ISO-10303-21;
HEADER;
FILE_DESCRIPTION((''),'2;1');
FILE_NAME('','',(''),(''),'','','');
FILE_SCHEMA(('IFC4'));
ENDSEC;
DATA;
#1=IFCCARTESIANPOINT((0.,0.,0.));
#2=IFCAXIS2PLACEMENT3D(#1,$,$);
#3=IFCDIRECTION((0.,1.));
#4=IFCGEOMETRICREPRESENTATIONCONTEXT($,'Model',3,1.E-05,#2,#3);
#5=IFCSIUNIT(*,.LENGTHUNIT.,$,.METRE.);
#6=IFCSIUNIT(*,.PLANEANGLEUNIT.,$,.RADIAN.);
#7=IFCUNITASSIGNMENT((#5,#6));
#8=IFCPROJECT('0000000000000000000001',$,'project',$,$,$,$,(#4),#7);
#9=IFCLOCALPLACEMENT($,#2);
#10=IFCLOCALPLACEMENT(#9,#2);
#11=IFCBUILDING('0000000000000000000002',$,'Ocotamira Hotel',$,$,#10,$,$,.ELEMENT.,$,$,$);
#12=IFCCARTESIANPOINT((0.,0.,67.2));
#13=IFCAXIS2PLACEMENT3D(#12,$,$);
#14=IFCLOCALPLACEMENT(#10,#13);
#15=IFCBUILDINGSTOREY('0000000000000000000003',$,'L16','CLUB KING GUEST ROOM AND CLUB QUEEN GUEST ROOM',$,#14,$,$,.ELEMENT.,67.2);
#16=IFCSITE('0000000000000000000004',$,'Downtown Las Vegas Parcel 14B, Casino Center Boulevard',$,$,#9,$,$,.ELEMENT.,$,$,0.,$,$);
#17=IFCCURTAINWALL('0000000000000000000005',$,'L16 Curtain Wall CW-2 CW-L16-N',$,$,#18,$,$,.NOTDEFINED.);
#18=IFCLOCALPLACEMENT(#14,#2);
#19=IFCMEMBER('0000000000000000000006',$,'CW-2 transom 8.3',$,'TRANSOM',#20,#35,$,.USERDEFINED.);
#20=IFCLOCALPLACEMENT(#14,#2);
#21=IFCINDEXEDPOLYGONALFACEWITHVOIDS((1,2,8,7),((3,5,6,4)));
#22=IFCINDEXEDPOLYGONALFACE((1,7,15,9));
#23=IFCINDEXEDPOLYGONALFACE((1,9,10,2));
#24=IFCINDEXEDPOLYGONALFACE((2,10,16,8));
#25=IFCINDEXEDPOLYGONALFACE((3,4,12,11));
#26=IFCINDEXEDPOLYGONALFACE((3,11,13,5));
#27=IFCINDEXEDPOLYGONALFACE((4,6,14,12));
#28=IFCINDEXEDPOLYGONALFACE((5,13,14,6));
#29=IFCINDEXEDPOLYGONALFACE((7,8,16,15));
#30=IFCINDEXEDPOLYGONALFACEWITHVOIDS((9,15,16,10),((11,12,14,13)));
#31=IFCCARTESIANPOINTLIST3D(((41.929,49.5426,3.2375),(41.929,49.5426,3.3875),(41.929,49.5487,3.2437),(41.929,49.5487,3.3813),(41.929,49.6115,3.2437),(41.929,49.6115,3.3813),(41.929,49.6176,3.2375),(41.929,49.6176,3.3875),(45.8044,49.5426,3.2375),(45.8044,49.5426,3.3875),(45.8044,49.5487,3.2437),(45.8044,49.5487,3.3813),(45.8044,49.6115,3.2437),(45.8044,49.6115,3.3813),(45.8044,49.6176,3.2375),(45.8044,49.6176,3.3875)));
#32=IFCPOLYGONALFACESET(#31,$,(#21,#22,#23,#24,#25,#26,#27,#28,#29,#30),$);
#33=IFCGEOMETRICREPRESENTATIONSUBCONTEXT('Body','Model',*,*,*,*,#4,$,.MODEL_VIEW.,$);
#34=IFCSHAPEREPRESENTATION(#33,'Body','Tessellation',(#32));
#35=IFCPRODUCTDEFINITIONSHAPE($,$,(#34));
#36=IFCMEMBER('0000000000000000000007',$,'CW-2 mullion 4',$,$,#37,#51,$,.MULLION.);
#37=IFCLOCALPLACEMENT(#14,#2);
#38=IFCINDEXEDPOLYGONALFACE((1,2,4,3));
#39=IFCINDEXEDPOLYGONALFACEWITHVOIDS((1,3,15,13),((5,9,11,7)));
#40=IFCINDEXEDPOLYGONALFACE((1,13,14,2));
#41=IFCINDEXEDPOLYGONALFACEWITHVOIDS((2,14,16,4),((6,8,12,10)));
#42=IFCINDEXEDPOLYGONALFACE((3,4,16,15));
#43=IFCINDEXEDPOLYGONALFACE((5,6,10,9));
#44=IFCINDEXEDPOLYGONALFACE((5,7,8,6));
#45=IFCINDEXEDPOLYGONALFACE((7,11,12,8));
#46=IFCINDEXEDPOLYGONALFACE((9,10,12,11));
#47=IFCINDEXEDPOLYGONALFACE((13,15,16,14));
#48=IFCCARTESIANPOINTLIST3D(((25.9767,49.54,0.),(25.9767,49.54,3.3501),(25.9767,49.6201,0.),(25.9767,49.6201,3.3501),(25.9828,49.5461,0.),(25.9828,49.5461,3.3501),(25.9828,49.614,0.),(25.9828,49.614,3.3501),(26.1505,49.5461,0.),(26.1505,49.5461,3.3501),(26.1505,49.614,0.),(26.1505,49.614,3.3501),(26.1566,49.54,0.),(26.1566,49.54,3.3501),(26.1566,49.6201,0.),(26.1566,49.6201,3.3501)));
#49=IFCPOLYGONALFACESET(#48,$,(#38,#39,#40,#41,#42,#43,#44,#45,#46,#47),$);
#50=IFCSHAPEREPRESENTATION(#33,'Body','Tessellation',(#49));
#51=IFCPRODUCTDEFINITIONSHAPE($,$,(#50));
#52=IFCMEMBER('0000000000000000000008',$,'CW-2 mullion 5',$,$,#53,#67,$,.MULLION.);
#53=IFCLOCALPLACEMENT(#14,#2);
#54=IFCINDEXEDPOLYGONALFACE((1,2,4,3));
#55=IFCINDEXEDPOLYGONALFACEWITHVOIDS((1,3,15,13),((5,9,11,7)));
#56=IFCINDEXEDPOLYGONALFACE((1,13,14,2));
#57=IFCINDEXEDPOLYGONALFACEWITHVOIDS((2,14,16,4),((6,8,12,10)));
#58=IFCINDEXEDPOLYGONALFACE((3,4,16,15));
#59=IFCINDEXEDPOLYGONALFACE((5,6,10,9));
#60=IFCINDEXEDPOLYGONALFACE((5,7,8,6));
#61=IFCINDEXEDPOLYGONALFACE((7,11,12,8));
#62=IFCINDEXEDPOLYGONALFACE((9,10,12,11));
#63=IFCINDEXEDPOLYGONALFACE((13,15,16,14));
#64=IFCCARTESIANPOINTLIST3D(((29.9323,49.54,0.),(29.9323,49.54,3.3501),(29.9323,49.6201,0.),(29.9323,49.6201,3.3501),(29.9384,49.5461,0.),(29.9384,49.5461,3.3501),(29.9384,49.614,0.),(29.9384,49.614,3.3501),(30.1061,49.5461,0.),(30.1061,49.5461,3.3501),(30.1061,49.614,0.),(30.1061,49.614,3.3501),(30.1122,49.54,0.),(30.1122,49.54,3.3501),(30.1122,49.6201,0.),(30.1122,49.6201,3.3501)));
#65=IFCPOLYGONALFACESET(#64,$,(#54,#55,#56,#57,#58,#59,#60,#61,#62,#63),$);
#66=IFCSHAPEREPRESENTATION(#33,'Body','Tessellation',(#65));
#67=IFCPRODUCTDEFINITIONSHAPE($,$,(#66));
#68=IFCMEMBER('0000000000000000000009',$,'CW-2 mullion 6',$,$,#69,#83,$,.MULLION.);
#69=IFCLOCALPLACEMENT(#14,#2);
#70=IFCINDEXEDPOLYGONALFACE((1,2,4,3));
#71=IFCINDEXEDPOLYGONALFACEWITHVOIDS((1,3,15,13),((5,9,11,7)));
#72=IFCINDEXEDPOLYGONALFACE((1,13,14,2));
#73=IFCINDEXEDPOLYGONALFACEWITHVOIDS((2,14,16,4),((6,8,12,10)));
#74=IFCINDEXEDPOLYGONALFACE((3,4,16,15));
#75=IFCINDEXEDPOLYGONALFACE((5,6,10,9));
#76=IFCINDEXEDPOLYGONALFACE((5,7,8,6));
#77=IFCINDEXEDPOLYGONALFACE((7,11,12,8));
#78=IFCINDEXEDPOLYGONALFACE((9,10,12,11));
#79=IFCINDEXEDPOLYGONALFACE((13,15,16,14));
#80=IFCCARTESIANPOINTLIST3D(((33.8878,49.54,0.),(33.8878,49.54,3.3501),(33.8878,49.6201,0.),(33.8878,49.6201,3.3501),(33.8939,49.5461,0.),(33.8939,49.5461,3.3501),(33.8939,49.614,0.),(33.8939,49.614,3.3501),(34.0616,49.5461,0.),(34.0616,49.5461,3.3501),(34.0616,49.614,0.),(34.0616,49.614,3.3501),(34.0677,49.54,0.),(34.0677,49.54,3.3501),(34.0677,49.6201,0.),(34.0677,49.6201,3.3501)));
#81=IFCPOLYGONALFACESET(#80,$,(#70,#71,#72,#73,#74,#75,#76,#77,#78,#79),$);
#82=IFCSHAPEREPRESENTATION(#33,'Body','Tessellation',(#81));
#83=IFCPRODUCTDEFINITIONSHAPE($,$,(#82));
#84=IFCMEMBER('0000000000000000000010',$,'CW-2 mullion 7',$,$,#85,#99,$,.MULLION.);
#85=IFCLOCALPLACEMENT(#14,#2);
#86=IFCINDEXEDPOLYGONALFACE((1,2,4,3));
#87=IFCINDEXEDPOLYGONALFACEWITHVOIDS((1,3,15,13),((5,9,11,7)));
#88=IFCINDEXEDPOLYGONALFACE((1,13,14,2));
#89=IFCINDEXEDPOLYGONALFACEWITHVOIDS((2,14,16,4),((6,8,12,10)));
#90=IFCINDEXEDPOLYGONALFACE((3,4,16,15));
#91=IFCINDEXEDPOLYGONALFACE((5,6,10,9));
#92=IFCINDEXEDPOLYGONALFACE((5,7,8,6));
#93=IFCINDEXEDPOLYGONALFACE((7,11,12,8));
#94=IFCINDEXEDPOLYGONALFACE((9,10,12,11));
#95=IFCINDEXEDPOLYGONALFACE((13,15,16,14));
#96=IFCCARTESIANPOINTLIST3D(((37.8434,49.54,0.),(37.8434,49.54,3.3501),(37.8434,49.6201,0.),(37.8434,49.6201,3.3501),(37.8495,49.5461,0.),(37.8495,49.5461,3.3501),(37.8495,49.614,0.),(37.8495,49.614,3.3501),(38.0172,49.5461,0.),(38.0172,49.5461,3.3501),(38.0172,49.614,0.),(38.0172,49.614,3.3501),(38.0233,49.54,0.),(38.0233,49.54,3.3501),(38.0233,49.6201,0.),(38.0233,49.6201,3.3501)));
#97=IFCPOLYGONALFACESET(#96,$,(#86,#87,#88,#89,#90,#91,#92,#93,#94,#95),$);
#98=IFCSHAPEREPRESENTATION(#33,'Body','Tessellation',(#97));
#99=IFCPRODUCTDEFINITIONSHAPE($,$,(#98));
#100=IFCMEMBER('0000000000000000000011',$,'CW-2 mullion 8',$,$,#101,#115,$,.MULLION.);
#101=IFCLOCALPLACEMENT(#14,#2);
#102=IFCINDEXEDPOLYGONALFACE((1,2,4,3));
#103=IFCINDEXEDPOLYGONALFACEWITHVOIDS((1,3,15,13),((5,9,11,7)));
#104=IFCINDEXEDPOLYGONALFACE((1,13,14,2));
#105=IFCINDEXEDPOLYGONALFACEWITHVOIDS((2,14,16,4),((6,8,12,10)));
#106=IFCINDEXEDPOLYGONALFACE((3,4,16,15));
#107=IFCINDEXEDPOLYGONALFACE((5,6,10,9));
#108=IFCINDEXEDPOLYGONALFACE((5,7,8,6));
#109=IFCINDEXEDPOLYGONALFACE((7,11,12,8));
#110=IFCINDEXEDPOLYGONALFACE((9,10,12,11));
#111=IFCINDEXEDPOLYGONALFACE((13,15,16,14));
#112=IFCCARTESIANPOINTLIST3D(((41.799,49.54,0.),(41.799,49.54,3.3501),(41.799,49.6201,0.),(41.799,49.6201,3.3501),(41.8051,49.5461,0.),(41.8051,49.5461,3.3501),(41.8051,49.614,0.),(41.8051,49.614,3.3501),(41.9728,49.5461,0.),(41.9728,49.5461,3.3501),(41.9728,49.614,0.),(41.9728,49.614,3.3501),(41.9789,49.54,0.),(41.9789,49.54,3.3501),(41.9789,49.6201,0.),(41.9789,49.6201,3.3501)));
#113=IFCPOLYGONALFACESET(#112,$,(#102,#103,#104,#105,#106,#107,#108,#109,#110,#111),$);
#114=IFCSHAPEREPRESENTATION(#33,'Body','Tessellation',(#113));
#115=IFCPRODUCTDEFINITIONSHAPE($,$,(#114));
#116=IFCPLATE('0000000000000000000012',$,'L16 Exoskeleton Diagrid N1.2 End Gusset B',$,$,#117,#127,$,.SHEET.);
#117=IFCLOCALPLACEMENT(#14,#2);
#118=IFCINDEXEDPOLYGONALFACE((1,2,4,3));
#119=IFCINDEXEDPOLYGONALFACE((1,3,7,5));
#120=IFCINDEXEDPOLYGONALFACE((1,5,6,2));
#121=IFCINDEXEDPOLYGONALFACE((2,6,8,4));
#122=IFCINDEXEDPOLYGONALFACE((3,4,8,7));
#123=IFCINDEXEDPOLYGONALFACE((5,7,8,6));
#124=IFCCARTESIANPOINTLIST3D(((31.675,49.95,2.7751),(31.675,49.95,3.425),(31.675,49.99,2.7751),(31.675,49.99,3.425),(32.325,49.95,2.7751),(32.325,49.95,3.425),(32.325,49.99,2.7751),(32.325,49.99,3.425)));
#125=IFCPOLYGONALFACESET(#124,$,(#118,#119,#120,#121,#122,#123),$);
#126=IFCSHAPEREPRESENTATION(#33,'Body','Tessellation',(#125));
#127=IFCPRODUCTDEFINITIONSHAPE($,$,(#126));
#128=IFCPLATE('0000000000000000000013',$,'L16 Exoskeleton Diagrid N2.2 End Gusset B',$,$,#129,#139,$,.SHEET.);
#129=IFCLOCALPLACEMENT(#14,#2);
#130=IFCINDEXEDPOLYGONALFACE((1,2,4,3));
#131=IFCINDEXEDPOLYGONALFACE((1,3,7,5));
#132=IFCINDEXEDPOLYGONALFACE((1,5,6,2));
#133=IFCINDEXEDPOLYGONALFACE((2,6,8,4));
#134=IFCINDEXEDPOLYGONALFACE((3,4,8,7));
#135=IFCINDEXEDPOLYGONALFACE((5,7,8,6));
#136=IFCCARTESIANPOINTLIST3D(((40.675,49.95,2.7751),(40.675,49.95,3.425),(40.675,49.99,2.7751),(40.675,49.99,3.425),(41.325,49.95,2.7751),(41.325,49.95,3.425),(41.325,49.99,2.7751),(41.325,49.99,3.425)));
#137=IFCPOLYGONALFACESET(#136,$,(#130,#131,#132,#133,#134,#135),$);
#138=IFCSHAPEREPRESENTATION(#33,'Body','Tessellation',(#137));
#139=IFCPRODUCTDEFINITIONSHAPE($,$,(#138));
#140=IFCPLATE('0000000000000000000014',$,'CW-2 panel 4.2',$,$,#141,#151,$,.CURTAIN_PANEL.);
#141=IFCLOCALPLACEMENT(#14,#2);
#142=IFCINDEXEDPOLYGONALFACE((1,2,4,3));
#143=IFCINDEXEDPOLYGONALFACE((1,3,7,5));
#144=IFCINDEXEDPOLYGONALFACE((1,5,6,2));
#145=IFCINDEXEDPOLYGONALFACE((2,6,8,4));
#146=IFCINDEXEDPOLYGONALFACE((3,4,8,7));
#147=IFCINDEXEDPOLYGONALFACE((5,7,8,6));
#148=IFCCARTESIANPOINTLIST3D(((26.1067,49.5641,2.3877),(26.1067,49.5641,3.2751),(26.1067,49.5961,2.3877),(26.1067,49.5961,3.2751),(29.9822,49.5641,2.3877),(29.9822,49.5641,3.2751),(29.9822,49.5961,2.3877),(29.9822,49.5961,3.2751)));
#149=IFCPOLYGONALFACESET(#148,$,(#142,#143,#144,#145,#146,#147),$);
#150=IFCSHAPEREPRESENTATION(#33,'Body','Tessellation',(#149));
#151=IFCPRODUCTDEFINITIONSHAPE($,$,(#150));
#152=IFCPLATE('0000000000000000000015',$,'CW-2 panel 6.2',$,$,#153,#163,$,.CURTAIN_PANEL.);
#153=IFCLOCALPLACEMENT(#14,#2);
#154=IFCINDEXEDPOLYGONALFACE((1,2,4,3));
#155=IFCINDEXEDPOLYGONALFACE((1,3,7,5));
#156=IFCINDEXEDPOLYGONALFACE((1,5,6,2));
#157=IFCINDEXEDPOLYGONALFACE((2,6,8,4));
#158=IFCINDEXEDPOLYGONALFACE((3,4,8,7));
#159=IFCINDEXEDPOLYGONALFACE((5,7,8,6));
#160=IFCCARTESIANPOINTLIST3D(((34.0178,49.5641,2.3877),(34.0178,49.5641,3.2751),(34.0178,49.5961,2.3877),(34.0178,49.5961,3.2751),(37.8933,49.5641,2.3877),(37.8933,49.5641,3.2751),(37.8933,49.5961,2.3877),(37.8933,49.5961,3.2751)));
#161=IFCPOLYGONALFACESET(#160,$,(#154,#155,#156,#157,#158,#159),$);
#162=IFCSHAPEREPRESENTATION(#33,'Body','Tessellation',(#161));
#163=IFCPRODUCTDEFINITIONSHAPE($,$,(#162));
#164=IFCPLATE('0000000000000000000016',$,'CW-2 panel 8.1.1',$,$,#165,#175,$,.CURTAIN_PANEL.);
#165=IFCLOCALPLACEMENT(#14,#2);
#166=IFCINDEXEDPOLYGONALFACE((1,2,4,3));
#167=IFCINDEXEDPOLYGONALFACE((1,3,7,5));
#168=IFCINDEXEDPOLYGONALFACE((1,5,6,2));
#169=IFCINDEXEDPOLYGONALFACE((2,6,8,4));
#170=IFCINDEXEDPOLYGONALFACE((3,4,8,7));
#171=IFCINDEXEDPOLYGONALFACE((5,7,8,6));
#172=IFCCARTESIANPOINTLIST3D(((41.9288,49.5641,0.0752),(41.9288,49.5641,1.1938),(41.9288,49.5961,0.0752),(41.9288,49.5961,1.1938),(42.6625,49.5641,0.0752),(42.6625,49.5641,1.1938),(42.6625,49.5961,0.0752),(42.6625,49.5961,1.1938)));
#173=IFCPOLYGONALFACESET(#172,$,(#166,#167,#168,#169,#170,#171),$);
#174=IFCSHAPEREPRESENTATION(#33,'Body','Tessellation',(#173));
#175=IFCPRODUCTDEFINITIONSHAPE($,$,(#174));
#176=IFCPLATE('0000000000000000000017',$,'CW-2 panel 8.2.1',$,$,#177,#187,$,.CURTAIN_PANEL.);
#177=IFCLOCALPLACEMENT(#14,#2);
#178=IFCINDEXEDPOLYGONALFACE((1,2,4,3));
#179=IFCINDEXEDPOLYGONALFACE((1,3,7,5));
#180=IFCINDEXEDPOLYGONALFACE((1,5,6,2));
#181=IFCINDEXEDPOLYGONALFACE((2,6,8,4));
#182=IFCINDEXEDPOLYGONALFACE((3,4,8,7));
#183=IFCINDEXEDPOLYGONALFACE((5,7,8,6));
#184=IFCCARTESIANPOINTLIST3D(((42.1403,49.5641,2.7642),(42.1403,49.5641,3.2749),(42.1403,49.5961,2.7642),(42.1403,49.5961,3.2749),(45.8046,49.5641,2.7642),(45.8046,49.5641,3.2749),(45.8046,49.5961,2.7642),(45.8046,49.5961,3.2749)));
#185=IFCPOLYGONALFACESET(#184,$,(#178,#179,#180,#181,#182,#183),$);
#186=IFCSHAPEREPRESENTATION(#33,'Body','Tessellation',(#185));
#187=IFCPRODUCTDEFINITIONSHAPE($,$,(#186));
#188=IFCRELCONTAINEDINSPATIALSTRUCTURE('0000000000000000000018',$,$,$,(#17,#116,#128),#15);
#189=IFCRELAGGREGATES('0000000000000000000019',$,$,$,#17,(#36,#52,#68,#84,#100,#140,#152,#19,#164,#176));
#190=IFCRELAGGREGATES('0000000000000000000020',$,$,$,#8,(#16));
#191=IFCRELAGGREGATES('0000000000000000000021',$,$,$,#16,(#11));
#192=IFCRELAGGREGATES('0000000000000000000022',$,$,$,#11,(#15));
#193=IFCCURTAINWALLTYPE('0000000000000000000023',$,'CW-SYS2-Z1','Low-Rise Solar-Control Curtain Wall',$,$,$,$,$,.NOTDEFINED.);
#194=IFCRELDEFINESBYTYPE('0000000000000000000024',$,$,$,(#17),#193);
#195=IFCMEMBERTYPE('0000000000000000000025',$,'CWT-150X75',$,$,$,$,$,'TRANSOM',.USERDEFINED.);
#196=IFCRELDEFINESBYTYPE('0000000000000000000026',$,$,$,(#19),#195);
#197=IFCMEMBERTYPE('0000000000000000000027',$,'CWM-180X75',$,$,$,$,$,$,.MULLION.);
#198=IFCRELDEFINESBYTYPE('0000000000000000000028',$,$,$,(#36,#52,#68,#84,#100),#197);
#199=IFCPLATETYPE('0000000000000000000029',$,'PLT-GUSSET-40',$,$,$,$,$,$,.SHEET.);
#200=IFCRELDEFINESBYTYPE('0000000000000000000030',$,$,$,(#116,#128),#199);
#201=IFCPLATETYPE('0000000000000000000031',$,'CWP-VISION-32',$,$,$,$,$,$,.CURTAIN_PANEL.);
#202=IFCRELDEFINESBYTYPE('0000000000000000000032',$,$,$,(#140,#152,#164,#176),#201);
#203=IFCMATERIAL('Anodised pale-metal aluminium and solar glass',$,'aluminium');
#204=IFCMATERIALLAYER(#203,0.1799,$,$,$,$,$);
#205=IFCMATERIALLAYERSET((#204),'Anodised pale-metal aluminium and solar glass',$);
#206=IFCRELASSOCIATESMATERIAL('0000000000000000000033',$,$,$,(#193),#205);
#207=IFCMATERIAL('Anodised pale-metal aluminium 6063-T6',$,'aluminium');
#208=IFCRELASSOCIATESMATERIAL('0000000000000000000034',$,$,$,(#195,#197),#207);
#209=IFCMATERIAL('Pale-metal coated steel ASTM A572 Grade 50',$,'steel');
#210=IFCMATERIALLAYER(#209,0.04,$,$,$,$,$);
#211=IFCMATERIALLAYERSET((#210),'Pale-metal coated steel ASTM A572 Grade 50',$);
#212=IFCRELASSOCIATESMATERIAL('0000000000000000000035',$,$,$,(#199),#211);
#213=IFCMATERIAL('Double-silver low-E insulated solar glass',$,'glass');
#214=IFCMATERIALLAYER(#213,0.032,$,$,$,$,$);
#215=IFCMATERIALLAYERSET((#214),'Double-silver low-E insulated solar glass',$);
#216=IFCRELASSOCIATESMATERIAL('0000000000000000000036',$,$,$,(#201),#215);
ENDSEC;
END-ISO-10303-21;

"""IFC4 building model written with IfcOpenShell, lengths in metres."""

from ifc_helpers import new_model, si_unit, direction, frame, origin, origin_2d, place, context, subcontext, project, spatial, rectangle, hollow_rectangle, extrude, source, transform, mapped, material, layer, layer_set, material_profile, profile_set, type_object, element, aggregate, save


model = new_model("IFC4")

# Units and contexts
model_context = context("Model", 3, precision=1e-05, world=origin(), true_north=direction((0.0, 1.0)))
body_context = subcontext(model_context, "Body", "Model", "MODEL_VIEW")
ifc_project = project(units=[si_unit("LENGTHUNIT", "METRE"), si_unit("PLANEANGLEUNIT", "RADIAN")], contexts=[model_context])

# Site, building, storey
site_placement = place(None, origin())
site = spatial("IfcSite", under=ifc_project, at=site_placement, Name="Downtown Las Vegas Parcel 14B, Casino Center Boulevard", CompositionType="ELEMENT", RefElevation=0.0)
building_placement = place(site_placement, origin())
building = spatial("IfcBuilding", under=site, at=building_placement, Name="Ocotamira Hotel", CompositionType="ELEMENT")
storey_placement = place(building_placement, frame((0.0, 0.0, 67.2)))
storey = spatial("IfcBuildingStorey", under=building, at=storey_placement, Name="L16", Description="CLUB KING GUEST ROOM AND CLUB QUEEN GUEST ROOM", CompositionType="ELEMENT", Elevation=67.2)

# Curtain wall, members
ifc_material_1 = material(Name="Anodised pale-metal aluminium and solar glass", Category="aluminium")
ifc_layer_1 = layer(ifc_material_1, 0.1799)
ifc_layer_set_1 = layer_set([ifc_layer_1], Name="Anodised pale-metal aluminium and solar glass")
curtain_wall_type = type_object("IfcCurtainWallType", Name="CW-SYS2-Z1", Description="Low-Rise Solar-Control Curtain Wall", PredefinedType="NOTDEFINED", material=ifc_layer_set_1)
curtain_wall_placement = place(storey_placement, origin())
curtain_wall = element("IfcCurtainWall", 1, at=curtain_wall_placement, inside=storey, type_object=curtain_wall_type, Name="L16 Curtain Wall CW-2 CW-L16-N", PredefinedType="NOTDEFINED")
ifc_material_2 = material(Name="Anodised pale-metal aluminium 6063-T6", Category="aluminium")
ifc_material_profile_1 = material_profile(ifc_material_2, hollow_rectangle(XDim=0.075, YDim=0.1499, WallThickness=0.0061, at=origin_2d()), Name="HSS150X75X6")
ifc_profile_set_1 = profile_set([ifc_material_profile_1], Name="Anodised pale-metal aluminium 6063-T6")
member_type_1 = type_object("IfcMemberType", Name="CWT-150X75", ElementType="TRANSOM", PredefinedType="USERDEFINED", material=ifc_profile_set_1)
shared_shape_1 = source(origin(), body_context, "Body", "SweptSolid", [
    extrude(hollow_rectangle(XDim=0.075, YDim=0.1499, WallThickness=0.0061, at=origin_2d()), origin(), (0.0, 0.0, 1.0), 3.8755),
])
member_1_placement = place(storey_placement, frame((41.929, 49.5801, 3.3125), z_axis=(1.0, 0.0, 0.0), x_axis=(0.0, 1.0, 0.0)))
member_1 = element("IfcMember", 2, at=member_1_placement, type_object=member_type_1, Name="CW-2 transom 8.3", ObjectType="TRANSOM", PredefinedType="USERDEFINED", context=body_context, shape_type="MappedRepresentation", body=[
    mapped(shared_shape_1, transform((0.0, 0.0, 0.0), scale=1.0)),
])
ifc_material_profile_2 = material_profile(ifc_material_2, hollow_rectangle(XDim=0.0801, YDim=0.1799, WallThickness=0.0061, at=origin_2d()), Name="HSS180X80X6")
ifc_profile_set_2 = profile_set([ifc_material_profile_2], Name="Anodised pale-metal aluminium 6063-T6")
member_type_2 = type_object("IfcMemberType", Name="CWM-180X75", PredefinedType="MULLION", material=ifc_profile_set_2)
shared_shape_2 = source(origin(), body_context, "Body", "SweptSolid", [
    extrude(hollow_rectangle(XDim=0.0801, YDim=0.1799, WallThickness=0.0061, at=origin_2d()), origin(), (0.0, 0.0, 1.0), 3.3501),
])
member_2_placement = place(storey_placement, frame((26.0667, 49.5801, 0.0), z_axis=(0.0, 0.0, 1.0), x_axis=(0.0, 1.0, 0.0)))
member_2 = element("IfcMember", 3, at=member_2_placement, type_object=member_type_2, Name="CW-2 mullion 4", PredefinedType="MULLION", context=body_context, shape_type="MappedRepresentation", body=[
    mapped(shared_shape_2, transform((0.0, 0.0, 0.0), scale=1.0)),
])
member_3_placement = place(storey_placement, frame((30.0222, 49.5801, 0.0), z_axis=(0.0, 0.0, 1.0), x_axis=(0.0, 1.0, 0.0)))
member_3 = element("IfcMember", 4, at=member_3_placement, type_object=member_type_2, Name="CW-2 mullion 5", PredefinedType="MULLION", context=body_context, shape_type="MappedRepresentation", body=[
    mapped(shared_shape_2, transform((0.0, 0.0, 0.0), scale=1.0)),
])
member_4_placement = place(storey_placement, frame((33.9778, 49.5801, 0.0), z_axis=(0.0, 0.0, 1.0), x_axis=(0.0, 1.0, 0.0)))
member_4 = element("IfcMember", 5, at=member_4_placement, type_object=member_type_2, Name="CW-2 mullion 6", PredefinedType="MULLION", context=body_context, shape_type="MappedRepresentation", body=[
    mapped(shared_shape_2, transform((0.0, 0.0, 0.0), scale=1.0)),
])
member_5_placement = place(storey_placement, frame((37.9333, 49.5801, 0.0), z_axis=(0.0, 0.0, 1.0), x_axis=(0.0, 1.0, 0.0)))
member_5 = element("IfcMember", 6, at=member_5_placement, type_object=member_type_2, Name="CW-2 mullion 7", PredefinedType="MULLION", context=body_context, shape_type="MappedRepresentation", body=[
    mapped(shared_shape_2, transform((0.0, 0.0, 0.0), scale=1.0)),
])
member_6_placement = place(storey_placement, frame((41.8889, 49.5801, 0.0), z_axis=(0.0, 0.0, 1.0), x_axis=(0.0, 1.0, 0.0)))
member_6 = element("IfcMember", 7, at=member_6_placement, type_object=member_type_2, Name="CW-2 mullion 8", PredefinedType="MULLION", context=body_context, shape_type="MappedRepresentation", body=[
    mapped(shared_shape_2, transform((0.0, 0.0, 0.0), scale=1.0)),
])

# Plates
ifc_material_3 = material(Name="Pale-metal coated steel ASTM A572 Grade 50", Category="steel")
ifc_layer_2 = layer(ifc_material_3, 0.04)
ifc_layer_set_2 = layer_set([ifc_layer_2], Name="Pale-metal coated steel ASTM A572 Grade 50")
plate_type_1 = type_object("IfcPlateType", Name="PLT-GUSSET-40", PredefinedType="SHEET", material=ifc_layer_set_2)
shared_shape_3 = source(origin(), body_context, "Body", "SweptSolid", [
    extrude(rectangle(XDim=0.6499, YDim=0.04, at=origin_2d()), origin(), (0.0, 0.0, 1.0), 0.6499),
])
for number, where, z_axis, x_axis, name in (
    (8, (32.0, 49.97, 2.7751), (0.0, 0.0, 1.0), (1.0, 0.0, 0.0), "L16 Exoskeleton Diagrid N1.2 End Gusset B"),
    (9, (41.0, 49.97, 2.7751), (0.0, 0.0, 1.0), (1.0, 0.0, 0.0), "L16 Exoskeleton Diagrid N2.2 End Gusset B"),
):
    element("IfcPlate", number, at=place(storey_placement, frame(where, z_axis=z_axis, x_axis=x_axis)), inside=storey, type_object=plate_type_1, Name=name, PredefinedType="SHEET", context=body_context, shape_type="MappedRepresentation", body=[
        mapped(shared_shape_3, transform((0.0, 0.0, 0.0), scale=1.0)),
    ])

# Plates
ifc_material_4 = material(Name="Double-silver low-E insulated solar glass", Category="glass")
ifc_layer_3 = layer(ifc_material_4, 0.032)
ifc_layer_set_3 = layer_set([ifc_layer_3], Name="Double-silver low-E insulated solar glass")
plate_type_2 = type_object("IfcPlateType", Name="CWP-VISION-32", PredefinedType="CURTAIN_PANEL", material=ifc_layer_set_3)
shared_shape_4 = source(origin(), body_context, "Body", "SweptSolid", [
    extrude(rectangle(XDim=3.8755, YDim=0.032, at=origin_2d()), origin(), (0.0, 0.0, 1.0), 0.8875),
])
plate_1_placement = place(storey_placement, frame((28.0444, 49.5801, 2.3877), z_axis=(0.0, 0.0, 1.0), x_axis=(1.0, 0.0, 0.0)))
plate_1 = element("IfcPlate", 10, at=plate_1_placement, type_object=plate_type_2, Name="CW-2 panel 4.2", PredefinedType="CURTAIN_PANEL", context=body_context, shape_type="MappedRepresentation", body=[
    mapped(shared_shape_4, transform((0.0, 0.0, 0.0), scale=1.0)),
])
plate_2_placement = place(storey_placement, frame((35.9556, 49.5801, 2.3877), z_axis=(0.0, 0.0, 1.0), x_axis=(1.0, 0.0, 0.0)))
plate_2 = element("IfcPlate", 11, at=plate_2_placement, type_object=plate_type_2, Name="CW-2 panel 6.2", PredefinedType="CURTAIN_PANEL", context=body_context, shape_type="MappedRepresentation", body=[
    mapped(shared_shape_4, transform((0.0, 0.0, 0.0), scale=1.0)),
])
shared_shape_5 = source(origin(), body_context, "Body", "SweptSolid", [
    extrude(rectangle(XDim=0.7336, YDim=0.032, at=origin_2d()), origin(), (0.0, 0.0, 1.0), 1.1187),
])
plate_3_placement = place(storey_placement, frame((42.2957, 49.5801, 0.0752), z_axis=(0.0, 0.0, 1.0), x_axis=(1.0, 0.0, 0.0)))
plate_3 = element("IfcPlate", 12, at=plate_3_placement, type_object=plate_type_2, Name="CW-2 panel 8.1.1", PredefinedType="CURTAIN_PANEL", context=body_context, shape_type="MappedRepresentation", body=[
    mapped(shared_shape_5, transform((0.0, 0.0, 0.0), scale=1.0)),
])
shared_shape_6 = source(origin(), body_context, "Body", "SweptSolid", [
    extrude(rectangle(XDim=3.6643, YDim=0.032, at=origin_2d()), origin(), (0.0, 0.0, 1.0), 0.5107),
])
plate_4_placement = place(storey_placement, frame((43.9724, 49.5801, 2.7642), z_axis=(0.0, 0.0, 1.0), x_axis=(1.0, 0.0, 0.0)))
plate_4 = element("IfcPlate", 13, at=plate_4_placement, type_object=plate_type_2, Name="CW-2 panel 8.2.1", PredefinedType="CURTAIN_PANEL", context=body_context, shape_type="MappedRepresentation", body=[
    mapped(shared_shape_6, transform((0.0, 0.0, 0.0), scale=1.0)),
])
aggregate(curtain_wall, [member_2, member_3, member_4, member_5, member_6, plate_1, plate_2, member_1, plate_3, plate_4])

save(model, "model.ifc")
